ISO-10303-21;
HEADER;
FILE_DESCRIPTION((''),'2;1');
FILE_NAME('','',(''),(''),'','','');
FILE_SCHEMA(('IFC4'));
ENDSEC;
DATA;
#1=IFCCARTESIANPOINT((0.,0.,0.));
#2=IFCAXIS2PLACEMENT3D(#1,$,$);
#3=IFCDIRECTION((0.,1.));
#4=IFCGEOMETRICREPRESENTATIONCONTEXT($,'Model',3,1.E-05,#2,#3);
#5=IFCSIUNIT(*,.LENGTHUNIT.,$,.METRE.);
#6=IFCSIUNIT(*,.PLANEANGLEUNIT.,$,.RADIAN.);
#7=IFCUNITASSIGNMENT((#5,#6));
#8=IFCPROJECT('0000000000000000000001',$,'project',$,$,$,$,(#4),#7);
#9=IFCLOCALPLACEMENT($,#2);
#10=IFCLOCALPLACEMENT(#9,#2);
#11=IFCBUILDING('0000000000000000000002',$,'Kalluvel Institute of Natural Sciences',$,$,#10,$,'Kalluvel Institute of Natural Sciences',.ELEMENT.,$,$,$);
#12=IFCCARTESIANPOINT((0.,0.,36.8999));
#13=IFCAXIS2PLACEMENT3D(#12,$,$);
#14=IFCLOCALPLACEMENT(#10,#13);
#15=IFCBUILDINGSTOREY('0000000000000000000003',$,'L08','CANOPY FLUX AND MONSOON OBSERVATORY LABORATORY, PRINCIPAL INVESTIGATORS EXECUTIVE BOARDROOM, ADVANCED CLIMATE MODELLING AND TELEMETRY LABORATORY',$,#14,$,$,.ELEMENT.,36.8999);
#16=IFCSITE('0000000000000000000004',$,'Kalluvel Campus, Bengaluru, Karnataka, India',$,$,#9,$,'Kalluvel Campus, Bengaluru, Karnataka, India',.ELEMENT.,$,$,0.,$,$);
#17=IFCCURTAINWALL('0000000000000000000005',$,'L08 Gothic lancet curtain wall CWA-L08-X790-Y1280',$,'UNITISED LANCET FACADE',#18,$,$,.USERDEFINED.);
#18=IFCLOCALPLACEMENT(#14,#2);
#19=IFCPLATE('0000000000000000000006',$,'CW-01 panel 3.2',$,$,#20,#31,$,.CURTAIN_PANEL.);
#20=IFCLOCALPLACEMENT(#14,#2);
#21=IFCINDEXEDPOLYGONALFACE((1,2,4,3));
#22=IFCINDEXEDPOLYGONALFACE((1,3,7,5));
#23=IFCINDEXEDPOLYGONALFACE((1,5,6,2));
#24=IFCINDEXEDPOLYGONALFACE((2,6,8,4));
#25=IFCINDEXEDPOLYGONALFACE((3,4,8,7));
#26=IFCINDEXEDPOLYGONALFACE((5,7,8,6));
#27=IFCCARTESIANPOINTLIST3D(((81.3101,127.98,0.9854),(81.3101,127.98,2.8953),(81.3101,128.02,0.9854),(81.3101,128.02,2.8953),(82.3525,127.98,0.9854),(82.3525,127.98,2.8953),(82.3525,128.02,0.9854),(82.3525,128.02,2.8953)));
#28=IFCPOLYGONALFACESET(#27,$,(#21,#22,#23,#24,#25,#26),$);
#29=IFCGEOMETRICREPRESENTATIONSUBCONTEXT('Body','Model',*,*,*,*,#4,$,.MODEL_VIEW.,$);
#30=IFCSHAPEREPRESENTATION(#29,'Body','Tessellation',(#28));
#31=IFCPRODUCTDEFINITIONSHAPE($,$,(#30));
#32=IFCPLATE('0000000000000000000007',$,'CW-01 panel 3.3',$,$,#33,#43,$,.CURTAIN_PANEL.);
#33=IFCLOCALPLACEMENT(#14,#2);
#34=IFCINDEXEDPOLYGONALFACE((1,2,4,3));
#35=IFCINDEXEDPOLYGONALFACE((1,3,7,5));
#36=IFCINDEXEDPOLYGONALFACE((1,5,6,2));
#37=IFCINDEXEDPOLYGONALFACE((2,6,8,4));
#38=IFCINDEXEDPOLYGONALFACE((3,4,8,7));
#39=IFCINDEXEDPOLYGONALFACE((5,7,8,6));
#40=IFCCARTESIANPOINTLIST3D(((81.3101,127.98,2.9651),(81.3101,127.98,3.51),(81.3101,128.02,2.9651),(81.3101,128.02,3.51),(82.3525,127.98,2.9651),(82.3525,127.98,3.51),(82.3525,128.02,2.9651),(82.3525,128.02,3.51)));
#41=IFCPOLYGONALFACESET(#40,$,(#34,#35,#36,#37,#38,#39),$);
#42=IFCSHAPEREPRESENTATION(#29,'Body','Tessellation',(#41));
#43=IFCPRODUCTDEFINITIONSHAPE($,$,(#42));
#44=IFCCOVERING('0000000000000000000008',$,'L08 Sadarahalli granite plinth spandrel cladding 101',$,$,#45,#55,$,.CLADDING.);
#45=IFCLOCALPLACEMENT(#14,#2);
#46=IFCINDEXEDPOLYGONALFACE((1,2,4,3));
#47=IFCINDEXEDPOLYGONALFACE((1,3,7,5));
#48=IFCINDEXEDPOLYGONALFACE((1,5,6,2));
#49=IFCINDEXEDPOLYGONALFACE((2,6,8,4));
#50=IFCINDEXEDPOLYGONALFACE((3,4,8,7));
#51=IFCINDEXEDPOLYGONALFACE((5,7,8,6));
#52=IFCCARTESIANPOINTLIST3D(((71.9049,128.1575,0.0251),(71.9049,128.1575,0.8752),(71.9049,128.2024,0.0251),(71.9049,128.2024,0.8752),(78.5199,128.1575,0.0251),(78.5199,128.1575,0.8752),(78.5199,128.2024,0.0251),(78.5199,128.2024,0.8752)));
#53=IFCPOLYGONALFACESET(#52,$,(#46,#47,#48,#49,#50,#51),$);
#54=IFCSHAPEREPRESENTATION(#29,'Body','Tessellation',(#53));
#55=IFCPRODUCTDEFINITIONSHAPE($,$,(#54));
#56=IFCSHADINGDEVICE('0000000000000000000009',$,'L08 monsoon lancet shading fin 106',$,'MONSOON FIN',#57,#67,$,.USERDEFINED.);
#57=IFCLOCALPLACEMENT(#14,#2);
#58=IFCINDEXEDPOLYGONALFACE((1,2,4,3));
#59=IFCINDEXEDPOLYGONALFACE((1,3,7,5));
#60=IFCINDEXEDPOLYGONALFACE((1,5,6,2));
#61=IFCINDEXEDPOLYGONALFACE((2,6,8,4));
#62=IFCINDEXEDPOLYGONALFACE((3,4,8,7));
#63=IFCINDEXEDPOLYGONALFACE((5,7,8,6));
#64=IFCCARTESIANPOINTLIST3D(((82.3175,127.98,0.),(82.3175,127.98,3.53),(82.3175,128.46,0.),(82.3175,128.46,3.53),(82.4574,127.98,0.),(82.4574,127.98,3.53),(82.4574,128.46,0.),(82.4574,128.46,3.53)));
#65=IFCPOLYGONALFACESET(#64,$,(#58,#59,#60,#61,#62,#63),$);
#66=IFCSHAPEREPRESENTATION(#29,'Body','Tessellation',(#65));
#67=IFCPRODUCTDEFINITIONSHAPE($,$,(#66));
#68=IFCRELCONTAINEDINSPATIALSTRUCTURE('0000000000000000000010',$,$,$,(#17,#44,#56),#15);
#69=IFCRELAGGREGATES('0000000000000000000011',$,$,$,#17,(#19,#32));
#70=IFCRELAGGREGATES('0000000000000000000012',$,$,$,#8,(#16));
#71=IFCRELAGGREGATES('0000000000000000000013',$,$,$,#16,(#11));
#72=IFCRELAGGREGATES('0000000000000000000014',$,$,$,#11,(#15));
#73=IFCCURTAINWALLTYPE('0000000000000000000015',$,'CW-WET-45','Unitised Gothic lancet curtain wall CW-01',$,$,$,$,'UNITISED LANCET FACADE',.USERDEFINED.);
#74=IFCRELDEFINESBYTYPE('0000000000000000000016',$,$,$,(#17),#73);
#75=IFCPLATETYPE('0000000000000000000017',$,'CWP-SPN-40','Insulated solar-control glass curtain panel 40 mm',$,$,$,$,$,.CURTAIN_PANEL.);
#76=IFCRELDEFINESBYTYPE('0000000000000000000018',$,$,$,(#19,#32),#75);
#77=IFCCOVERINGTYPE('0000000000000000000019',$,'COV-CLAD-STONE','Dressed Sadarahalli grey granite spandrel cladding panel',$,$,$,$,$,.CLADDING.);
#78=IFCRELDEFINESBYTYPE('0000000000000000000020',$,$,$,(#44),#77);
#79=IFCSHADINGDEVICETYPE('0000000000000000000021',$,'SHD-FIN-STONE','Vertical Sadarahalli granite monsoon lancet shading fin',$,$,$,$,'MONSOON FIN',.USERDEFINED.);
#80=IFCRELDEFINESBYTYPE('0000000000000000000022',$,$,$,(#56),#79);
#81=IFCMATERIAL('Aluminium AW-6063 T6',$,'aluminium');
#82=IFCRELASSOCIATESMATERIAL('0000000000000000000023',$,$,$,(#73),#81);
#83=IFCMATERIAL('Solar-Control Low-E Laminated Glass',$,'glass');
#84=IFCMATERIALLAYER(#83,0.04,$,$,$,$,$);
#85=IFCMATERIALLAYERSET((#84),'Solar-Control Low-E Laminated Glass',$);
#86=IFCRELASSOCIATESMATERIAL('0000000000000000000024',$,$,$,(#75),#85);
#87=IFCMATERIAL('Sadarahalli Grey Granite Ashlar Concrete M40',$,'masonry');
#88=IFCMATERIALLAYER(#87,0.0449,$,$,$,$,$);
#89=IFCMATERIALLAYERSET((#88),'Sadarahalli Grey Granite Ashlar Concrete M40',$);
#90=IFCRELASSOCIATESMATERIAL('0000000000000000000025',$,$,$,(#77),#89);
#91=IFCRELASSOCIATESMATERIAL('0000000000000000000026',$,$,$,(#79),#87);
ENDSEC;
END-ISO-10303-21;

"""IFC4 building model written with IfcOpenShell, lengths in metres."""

from ifc_helpers import new_model, si_unit, direction, frame, origin, origin_2d, place, context, subcontext, project, spatial, rectangle, extrude, material, layer, layer_set, type_object, element, aggregate, save


model = new_model("IFC4")

# Units and contexts
model_context = context("Model", 3, precision=1e-05, world=origin(), true_north=direction((0.0, 1.0)))
body_context = subcontext(model_context, "Body", "Model", "MODEL_VIEW")
ifc_project = project(units=[si_unit("LENGTHUNIT", "METRE"), si_unit("PLANEANGLEUNIT", "RADIAN")], contexts=[model_context])

# Site, building, storey
site_placement = place(None, origin())
site = spatial("IfcSite", under=ifc_project, at=site_placement, Name="Kalluvel Campus, Bengaluru, Karnataka, India", LongName="Kalluvel Campus, Bengaluru, Karnataka, India", CompositionType="ELEMENT", RefElevation=0.0)
building_placement = place(site_placement, origin())
building = spatial("IfcBuilding", under=site, at=building_placement, Name="Kalluvel Institute of Natural Sciences", LongName="Kalluvel Institute of Natural Sciences", CompositionType="ELEMENT")
storey_placement = place(building_placement, frame((0.0, 0.0, 36.8999)))
storey = spatial("IfcBuildingStorey", under=building, at=storey_placement, Name="L08", Description="CANOPY FLUX AND MONSOON OBSERVATORY LABORATORY, PRINCIPAL INVESTIGATORS EXECUTIVE BOARDROOM, ADVANCED CLIMATE MODELLING AND TELEMETRY LABORATORY", CompositionType="ELEMENT", Elevation=36.8999)

# Curtain wall, plates
ifc_material_1 = material(Name="Aluminium AW-6063 T6", Category="aluminium")
curtain_wall_type = type_object("IfcCurtainWallType", Name="CW-WET-45", Description="Unitised Gothic lancet curtain wall CW-01", ElementType="UNITISED LANCET FACADE", PredefinedType="USERDEFINED", material=ifc_material_1)
curtain_wall_placement = place(storey_placement, origin())
curtain_wall = element("IfcCurtainWall", 1, at=curtain_wall_placement, inside=storey, type_object=curtain_wall_type, Name="L08 Gothic lancet curtain wall CWA-L08-X790-Y1280", ObjectType="UNITISED LANCET FACADE", PredefinedType="USERDEFINED")
ifc_material_2 = material(Name="Solar-Control Low-E Laminated Glass", Category="glass")
ifc_layer_1 = layer(ifc_material_2, 0.04)
ifc_layer_set_1 = layer_set([ifc_layer_1], Name="Solar-Control Low-E Laminated Glass")
plate_type = type_object("IfcPlateType", Name="CWP-SPN-40", Description="Insulated solar-control glass curtain panel 40 mm", PredefinedType="CURTAIN_PANEL", material=ifc_layer_set_1)
plate_1_placement = place(storey_placement, frame((81.8313, 128.0, 0.9854), z_axis=(0.0, 0.0, 1.0), x_axis=(1.0, 0.0, 0.0)))
plate_1 = element("IfcPlate", 2, at=plate_1_placement, type_object=plate_type, Name="CW-01 panel 3.2", PredefinedType="CURTAIN_PANEL", context=body_context, shape_type="SweptSolid", body=[
    extrude(rectangle(XDim=1.0425, YDim=0.04, at=origin_2d()), origin(), (0.0, 0.0, 1.0), 1.9099),
])
plate_2_placement = place(storey_placement, frame((81.8313, 128.0, 2.9651), z_axis=(0.0, 0.0, 1.0), x_axis=(1.0, 0.0, 0.0)))
plate_2 = element("IfcPlate", 3, at=plate_2_placement, type_object=plate_type, Name="CW-01 panel 3.3", PredefinedType="CURTAIN_PANEL", context=body_context, shape_type="SweptSolid", body=[
    extrude(rectangle(XDim=1.0425, YDim=0.04, at=origin_2d()), origin(), (0.0, 0.0, 1.0), 0.5449),
])
aggregate(curtain_wall, [plate_1, plate_2])

# Covering
ifc_material_3 = material(Name="Sadarahalli Grey Granite Ashlar Concrete M40", Category="masonry")
ifc_layer_2 = layer(ifc_material_3, 0.0449)
ifc_layer_set_2 = layer_set([ifc_layer_2], Name="Sadarahalli Grey Granite Ashlar Concrete M40")
covering_type = type_object("IfcCoveringType", Name="COV-CLAD-STONE", Description="Dressed Sadarahalli grey granite spandrel cladding panel", PredefinedType="CLADDING", material=ifc_layer_set_2)
covering_placement = place(storey_placement, frame((75.2124, 128.1799, 0.0251), z_axis=(0.0, 0.0, 1.0), x_axis=(1.0, 0.0, 0.0)))
element("IfcCovering", 4, at=covering_placement, inside=storey, type_object=covering_type, Name="L08 Sadarahalli granite plinth spandrel cladding 101", PredefinedType="CLADDING", context=body_context, shape_type="SweptSolid", body=[
    extrude(rectangle(XDim=6.615, YDim=0.0449, at=origin_2d()), origin(), (0.0, 0.0, 1.0), 0.8501),
])

# Shading device
shading_device_type = type_object("IfcShadingDeviceType", Name="SHD-FIN-STONE", Description="Vertical Sadarahalli granite monsoon lancet shading fin", ElementType="MONSOON FIN", PredefinedType="USERDEFINED", material=ifc_material_3)
shading_device_placement = place(storey_placement, frame((82.3875, 128.22, 0.0), z_axis=(0.0, 0.0, 1.0), x_axis=(1.0, 0.0, 0.0)))
element("IfcShadingDevice", 5, at=shading_device_placement, inside=storey, type_object=shading_device_type, Name="L08 monsoon lancet shading fin 106", ObjectType="MONSOON FIN", PredefinedType="USERDEFINED", context=body_context, shape_type="SweptSolid", body=[
    extrude(rectangle(XDim=0.1399, YDim=0.48, at=origin_2d()), origin(), (0.0, 0.0, 1.0), 3.53),
])

save(model, "model.ifc")
